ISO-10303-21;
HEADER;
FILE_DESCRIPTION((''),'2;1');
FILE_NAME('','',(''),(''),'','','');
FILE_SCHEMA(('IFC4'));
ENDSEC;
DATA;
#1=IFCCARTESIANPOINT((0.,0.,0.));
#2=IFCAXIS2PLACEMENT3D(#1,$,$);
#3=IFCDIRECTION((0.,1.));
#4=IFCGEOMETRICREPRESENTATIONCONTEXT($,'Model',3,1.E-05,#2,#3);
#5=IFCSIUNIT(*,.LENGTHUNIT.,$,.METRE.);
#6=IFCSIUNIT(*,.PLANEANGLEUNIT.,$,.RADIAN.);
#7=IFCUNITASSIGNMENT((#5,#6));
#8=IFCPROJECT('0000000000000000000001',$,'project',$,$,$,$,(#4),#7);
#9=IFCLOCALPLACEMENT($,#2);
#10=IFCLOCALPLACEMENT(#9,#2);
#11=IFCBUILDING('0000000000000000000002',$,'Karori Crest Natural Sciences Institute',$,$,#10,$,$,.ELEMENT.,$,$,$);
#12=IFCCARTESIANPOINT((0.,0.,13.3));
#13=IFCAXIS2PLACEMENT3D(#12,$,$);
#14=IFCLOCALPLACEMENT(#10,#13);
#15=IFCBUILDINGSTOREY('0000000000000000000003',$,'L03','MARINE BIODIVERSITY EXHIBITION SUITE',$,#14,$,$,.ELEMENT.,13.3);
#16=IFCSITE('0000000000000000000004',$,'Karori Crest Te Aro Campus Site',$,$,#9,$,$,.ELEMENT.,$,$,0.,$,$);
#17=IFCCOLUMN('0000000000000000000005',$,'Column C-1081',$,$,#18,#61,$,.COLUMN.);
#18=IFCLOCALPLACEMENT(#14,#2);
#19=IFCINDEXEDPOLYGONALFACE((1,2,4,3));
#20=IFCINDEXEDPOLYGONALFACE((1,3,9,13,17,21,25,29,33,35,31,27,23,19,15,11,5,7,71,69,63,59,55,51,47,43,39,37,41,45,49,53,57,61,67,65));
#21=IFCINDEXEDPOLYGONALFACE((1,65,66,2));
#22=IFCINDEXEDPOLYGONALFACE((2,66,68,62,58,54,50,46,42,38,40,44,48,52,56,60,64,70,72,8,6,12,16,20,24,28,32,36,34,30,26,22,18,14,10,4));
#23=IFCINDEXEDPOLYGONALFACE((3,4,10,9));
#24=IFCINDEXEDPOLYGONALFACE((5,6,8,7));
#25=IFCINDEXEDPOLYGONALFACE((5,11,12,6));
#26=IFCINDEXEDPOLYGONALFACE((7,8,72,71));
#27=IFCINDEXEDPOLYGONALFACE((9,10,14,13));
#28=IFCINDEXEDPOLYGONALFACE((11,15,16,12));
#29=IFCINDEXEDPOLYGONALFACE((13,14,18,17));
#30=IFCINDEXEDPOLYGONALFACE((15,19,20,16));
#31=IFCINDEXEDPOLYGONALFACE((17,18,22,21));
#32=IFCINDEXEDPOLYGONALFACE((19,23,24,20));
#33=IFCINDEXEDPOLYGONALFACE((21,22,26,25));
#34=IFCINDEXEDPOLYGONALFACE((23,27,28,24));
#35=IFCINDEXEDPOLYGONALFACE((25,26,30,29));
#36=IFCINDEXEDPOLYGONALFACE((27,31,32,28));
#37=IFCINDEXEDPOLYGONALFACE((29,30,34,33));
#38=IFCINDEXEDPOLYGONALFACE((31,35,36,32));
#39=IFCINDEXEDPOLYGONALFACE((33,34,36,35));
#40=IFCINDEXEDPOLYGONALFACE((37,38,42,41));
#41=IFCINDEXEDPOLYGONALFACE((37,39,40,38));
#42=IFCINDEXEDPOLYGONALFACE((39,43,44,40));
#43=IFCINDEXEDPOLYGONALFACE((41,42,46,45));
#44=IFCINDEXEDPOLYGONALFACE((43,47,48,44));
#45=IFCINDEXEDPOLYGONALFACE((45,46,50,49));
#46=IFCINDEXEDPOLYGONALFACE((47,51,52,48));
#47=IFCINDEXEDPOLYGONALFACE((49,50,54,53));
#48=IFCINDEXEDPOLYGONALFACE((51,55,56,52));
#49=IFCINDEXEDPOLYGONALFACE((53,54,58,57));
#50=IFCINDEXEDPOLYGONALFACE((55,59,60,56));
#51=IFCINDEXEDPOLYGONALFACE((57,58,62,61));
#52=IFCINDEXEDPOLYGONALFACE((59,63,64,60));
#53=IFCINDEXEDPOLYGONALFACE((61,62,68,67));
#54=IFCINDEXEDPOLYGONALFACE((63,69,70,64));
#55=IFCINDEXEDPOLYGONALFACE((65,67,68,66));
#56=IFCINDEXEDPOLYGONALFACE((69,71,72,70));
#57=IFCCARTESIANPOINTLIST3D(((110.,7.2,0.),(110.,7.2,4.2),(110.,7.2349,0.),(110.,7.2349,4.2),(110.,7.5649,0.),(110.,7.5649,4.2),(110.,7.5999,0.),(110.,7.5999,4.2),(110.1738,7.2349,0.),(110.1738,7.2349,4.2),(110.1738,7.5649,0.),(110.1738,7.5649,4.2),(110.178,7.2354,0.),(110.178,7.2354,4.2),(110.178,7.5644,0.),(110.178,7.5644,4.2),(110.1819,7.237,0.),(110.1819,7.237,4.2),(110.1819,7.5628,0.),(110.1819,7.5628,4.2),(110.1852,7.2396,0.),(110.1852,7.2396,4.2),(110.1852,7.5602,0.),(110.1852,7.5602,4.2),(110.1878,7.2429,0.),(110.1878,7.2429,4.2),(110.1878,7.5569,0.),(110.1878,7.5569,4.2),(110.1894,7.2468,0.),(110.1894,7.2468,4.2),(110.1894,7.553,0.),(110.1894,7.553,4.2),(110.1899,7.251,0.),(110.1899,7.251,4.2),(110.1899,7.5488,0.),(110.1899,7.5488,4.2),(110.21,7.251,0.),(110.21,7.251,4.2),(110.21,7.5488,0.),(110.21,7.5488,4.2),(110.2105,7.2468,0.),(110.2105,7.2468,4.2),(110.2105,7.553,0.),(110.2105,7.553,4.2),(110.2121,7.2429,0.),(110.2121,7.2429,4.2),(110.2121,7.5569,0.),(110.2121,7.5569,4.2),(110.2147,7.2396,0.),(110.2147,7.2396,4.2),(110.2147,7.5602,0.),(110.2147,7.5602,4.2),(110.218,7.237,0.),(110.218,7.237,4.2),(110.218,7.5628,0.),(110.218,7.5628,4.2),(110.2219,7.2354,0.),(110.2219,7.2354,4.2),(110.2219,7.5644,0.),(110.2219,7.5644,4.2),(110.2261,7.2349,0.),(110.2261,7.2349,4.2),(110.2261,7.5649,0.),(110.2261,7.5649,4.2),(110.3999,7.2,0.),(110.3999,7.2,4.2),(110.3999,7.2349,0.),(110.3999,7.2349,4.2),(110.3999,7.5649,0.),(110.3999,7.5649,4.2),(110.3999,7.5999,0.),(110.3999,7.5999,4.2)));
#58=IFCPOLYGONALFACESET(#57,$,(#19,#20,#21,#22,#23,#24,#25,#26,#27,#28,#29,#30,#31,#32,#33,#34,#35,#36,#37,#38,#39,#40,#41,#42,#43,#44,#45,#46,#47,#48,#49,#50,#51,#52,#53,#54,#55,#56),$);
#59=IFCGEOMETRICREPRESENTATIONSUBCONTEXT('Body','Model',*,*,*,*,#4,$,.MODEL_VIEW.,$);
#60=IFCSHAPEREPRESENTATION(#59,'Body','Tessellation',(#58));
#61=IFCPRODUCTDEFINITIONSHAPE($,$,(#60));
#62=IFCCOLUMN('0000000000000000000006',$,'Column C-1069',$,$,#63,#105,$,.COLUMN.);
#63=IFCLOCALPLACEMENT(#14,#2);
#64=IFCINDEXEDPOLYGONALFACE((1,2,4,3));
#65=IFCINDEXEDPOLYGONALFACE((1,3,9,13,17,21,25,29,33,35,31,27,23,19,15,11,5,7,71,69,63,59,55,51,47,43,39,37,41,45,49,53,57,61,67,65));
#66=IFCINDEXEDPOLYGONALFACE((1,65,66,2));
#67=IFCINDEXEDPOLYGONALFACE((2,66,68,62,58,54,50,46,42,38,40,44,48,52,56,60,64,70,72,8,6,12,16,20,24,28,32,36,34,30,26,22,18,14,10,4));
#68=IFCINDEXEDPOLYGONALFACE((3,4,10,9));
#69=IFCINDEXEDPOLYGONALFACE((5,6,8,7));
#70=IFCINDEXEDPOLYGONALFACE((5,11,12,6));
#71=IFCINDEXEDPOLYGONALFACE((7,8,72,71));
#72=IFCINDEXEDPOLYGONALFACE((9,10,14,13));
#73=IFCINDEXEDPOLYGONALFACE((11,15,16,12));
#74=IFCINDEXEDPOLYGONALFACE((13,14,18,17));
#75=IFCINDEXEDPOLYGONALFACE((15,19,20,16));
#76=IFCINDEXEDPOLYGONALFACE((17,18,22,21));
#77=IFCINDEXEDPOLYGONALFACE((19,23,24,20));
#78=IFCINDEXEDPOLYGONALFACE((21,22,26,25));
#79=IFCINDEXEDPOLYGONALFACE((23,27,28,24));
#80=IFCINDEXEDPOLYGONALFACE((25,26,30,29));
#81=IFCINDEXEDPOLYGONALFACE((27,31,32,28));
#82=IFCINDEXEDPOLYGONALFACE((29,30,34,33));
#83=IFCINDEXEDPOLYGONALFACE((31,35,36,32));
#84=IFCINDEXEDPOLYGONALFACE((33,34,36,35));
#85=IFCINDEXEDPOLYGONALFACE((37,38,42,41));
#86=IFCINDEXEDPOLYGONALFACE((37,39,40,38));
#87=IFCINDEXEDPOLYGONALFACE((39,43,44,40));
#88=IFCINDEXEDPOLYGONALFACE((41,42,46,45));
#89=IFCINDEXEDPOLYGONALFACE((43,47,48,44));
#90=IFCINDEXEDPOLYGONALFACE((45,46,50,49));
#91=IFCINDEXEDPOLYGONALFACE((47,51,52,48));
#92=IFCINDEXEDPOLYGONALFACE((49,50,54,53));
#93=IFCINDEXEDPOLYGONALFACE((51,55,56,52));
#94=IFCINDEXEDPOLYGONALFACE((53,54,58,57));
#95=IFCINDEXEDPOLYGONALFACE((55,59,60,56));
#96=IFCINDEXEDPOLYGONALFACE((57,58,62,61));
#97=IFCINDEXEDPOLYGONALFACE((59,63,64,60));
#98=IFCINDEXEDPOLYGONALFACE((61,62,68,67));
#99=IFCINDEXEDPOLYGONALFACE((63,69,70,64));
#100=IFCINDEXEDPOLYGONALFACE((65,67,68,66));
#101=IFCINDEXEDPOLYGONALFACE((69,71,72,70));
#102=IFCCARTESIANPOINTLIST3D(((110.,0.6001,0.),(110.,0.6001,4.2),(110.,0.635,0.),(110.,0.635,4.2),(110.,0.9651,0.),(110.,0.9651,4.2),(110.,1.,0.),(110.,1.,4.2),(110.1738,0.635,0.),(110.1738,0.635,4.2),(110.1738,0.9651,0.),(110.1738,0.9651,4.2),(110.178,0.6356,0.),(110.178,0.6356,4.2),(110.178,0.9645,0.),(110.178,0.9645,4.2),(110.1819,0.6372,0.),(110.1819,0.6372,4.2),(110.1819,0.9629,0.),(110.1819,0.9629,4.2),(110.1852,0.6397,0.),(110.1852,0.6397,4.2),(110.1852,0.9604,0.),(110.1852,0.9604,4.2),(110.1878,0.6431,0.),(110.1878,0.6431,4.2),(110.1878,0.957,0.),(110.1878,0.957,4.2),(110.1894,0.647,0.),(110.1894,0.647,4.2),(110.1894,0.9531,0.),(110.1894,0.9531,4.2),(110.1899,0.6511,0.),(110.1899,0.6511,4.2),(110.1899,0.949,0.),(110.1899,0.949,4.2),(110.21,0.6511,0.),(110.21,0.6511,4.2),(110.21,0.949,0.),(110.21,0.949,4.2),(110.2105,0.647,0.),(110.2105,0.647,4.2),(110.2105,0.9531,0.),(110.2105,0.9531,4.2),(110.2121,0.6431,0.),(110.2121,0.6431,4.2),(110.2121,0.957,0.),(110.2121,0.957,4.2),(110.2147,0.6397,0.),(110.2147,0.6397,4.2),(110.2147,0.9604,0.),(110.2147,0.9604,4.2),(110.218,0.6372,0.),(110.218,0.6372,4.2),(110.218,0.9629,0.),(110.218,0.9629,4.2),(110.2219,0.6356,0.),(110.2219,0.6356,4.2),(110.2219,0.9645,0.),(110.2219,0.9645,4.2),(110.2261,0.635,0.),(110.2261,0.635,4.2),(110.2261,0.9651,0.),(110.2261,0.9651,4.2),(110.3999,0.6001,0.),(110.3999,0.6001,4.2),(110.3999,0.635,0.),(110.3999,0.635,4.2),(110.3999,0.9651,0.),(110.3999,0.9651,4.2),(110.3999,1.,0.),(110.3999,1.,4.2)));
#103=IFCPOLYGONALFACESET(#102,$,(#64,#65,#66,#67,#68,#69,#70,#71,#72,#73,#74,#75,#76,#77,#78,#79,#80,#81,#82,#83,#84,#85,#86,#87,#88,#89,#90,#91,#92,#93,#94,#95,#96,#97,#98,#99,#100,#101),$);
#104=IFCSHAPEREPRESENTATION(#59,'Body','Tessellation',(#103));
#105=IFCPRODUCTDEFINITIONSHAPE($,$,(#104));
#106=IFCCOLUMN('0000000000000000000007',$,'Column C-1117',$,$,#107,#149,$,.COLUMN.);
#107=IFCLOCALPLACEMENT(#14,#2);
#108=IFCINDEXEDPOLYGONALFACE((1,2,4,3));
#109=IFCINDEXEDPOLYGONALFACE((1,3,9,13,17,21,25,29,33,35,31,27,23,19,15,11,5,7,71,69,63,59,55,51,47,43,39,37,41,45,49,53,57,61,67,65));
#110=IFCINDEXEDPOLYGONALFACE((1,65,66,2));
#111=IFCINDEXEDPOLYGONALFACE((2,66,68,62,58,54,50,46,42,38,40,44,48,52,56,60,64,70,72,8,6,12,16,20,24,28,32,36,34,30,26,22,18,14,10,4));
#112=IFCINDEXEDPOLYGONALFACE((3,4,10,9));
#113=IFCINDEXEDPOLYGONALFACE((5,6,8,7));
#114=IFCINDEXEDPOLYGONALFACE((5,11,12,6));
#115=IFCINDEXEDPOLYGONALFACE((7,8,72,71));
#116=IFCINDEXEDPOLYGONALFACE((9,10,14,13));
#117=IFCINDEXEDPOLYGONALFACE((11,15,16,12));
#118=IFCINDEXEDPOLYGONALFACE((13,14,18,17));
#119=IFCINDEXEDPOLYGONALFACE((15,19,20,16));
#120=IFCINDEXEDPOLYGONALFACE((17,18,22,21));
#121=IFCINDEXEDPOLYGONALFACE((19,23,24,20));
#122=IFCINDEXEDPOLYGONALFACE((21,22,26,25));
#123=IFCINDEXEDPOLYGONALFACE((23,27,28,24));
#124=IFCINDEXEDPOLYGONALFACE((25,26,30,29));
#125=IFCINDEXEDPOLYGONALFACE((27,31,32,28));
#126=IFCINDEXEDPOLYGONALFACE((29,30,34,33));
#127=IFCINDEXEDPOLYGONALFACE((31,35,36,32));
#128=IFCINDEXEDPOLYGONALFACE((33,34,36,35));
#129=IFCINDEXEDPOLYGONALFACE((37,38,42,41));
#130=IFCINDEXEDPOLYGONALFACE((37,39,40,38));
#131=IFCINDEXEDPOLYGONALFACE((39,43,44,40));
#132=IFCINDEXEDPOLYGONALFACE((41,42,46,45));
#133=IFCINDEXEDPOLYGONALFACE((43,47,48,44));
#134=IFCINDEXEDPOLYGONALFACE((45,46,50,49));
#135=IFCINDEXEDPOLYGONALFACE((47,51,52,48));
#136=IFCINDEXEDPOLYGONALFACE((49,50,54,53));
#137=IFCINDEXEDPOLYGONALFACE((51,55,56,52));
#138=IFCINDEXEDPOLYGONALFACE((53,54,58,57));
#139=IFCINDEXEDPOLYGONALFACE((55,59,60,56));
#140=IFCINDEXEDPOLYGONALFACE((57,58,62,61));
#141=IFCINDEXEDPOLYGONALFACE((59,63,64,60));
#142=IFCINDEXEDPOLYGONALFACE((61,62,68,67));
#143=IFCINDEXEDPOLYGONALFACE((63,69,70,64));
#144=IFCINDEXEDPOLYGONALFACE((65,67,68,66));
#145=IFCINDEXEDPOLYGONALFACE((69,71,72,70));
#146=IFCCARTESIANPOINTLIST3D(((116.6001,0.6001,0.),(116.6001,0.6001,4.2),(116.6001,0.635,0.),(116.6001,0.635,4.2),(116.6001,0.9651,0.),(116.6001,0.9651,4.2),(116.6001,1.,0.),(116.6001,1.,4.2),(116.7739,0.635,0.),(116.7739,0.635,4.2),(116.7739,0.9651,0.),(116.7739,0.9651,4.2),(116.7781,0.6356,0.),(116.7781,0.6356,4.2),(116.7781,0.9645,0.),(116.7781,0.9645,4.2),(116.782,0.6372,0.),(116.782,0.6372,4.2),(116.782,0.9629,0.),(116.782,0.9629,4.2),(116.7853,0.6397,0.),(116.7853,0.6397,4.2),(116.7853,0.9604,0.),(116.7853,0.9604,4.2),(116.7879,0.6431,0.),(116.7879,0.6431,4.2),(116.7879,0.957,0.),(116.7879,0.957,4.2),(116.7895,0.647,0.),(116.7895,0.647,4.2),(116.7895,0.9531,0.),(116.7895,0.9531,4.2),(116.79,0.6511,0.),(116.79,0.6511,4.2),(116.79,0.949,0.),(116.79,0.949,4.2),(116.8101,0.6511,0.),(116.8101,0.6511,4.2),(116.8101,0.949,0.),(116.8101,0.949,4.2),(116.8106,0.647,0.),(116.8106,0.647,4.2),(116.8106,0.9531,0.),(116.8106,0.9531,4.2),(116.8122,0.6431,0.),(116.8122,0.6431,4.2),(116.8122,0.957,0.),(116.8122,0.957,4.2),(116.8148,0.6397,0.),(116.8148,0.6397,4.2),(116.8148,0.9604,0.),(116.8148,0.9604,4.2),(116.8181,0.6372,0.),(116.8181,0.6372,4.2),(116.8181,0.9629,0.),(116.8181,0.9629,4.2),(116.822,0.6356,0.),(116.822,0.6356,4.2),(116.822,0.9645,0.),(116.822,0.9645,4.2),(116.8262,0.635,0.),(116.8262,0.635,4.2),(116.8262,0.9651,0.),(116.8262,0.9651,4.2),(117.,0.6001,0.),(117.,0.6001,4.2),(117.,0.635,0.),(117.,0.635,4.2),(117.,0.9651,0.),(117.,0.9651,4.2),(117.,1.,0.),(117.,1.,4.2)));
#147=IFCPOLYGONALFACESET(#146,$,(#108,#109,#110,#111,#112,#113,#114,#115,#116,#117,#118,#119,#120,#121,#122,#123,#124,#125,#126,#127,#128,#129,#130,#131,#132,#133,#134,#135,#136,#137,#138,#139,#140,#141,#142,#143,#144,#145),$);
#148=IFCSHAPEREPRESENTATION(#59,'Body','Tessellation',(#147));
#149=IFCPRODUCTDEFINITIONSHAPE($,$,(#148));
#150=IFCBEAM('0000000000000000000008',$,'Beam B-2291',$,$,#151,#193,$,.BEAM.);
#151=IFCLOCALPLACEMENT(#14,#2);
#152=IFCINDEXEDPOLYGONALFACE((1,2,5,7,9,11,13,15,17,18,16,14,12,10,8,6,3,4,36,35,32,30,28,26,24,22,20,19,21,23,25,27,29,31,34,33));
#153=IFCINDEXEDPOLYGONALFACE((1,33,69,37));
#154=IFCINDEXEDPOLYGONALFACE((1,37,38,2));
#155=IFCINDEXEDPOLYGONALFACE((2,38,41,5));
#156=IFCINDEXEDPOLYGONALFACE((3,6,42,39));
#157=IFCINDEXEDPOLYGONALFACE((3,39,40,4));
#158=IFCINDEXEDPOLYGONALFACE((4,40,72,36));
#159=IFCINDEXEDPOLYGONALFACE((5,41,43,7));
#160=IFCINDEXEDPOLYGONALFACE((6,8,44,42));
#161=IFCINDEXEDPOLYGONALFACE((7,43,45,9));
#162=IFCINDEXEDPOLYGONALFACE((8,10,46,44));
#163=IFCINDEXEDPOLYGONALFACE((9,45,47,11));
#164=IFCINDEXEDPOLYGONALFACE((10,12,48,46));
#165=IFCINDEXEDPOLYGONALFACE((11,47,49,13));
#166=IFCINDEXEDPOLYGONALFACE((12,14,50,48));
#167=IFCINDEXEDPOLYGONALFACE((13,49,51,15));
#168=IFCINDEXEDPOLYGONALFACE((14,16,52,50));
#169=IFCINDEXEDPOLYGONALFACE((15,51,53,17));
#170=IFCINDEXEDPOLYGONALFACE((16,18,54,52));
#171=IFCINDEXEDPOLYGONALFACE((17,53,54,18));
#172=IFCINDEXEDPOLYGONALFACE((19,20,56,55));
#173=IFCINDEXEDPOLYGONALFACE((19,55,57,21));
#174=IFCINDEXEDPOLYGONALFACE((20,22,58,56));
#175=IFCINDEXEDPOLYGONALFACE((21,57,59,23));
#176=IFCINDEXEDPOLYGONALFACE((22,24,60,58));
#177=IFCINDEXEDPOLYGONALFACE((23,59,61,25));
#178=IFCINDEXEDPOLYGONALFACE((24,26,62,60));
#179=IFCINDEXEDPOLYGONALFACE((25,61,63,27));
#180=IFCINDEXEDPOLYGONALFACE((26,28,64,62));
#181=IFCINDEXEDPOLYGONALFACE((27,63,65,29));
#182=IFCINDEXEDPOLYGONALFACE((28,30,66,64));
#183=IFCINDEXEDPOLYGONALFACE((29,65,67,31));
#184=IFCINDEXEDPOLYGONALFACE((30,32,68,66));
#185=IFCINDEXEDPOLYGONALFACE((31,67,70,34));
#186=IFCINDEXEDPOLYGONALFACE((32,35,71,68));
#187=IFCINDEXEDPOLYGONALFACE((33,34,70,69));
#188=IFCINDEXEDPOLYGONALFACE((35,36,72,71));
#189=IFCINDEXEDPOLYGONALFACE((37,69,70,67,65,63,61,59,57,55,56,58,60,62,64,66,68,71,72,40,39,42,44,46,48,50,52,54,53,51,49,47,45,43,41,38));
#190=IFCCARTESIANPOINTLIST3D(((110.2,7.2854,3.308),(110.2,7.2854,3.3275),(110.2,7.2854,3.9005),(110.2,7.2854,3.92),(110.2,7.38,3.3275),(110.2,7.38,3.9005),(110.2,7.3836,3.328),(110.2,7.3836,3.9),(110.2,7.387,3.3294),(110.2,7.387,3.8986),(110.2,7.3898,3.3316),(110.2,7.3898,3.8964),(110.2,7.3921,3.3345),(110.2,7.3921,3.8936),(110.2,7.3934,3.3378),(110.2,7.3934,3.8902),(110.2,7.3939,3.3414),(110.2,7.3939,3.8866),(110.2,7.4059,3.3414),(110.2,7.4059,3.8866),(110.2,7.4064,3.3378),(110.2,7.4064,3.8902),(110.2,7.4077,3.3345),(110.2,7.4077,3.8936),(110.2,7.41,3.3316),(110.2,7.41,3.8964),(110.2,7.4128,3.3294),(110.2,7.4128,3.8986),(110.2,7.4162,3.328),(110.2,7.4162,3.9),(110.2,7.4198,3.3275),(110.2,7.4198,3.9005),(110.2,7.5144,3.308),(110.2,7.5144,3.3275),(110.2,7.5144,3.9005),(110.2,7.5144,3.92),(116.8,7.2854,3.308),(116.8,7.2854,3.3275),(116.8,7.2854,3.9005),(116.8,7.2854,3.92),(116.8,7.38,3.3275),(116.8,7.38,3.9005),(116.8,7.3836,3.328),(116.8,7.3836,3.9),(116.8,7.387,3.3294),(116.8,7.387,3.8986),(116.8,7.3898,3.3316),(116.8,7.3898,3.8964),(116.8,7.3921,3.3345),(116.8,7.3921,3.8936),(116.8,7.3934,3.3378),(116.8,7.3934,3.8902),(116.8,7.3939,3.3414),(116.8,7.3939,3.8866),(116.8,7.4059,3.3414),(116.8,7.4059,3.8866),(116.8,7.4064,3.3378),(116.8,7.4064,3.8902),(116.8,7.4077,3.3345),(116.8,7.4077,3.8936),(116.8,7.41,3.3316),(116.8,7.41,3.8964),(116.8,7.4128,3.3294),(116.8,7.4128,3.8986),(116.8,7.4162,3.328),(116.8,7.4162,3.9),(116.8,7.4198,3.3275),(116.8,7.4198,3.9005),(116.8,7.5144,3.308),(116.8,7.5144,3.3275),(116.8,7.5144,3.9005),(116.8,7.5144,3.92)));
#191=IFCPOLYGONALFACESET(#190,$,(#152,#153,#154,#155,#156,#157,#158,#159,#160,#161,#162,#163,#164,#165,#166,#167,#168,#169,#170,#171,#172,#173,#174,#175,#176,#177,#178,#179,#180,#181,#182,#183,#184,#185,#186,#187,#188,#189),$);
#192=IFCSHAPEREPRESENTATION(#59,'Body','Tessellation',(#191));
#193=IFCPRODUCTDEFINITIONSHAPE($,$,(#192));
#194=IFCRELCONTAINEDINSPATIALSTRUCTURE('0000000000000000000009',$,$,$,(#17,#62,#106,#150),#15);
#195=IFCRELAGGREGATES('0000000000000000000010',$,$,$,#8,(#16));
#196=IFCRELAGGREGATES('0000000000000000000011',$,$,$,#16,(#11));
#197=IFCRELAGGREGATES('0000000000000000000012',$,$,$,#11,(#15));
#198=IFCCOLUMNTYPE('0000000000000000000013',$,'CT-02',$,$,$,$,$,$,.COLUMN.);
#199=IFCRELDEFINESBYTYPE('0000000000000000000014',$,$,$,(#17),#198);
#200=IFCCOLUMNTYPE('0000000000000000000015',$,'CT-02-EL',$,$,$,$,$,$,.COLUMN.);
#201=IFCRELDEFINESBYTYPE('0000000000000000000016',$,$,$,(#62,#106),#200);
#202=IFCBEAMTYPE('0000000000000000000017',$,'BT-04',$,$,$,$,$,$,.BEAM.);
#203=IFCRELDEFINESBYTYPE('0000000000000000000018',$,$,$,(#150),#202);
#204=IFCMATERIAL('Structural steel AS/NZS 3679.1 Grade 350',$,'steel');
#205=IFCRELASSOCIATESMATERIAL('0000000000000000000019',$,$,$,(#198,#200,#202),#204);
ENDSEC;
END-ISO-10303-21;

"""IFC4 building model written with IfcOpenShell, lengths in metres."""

from ifc_helpers import new_model, si_unit, direction, frame, origin, origin_2d, place, context, subcontext, project, spatial, i_section, extrude, material, material_profile, profile_set, type_object, element, save


model = new_model("IFC4")

# Units and contexts
model_context = context("Model", 3, precision=1e-05, world=origin(), true_north=direction((0.0, 1.0)))
body_context = subcontext(model_context, "Body", "Model", "MODEL_VIEW")
ifc_project = project(units=[si_unit("LENGTHUNIT", "METRE"), si_unit("PLANEANGLEUNIT", "RADIAN")], contexts=[model_context])

# Site, building, storey
site_placement = place(None, origin())
site = spatial("IfcSite", under=ifc_project, at=site_placement, Name="Karori Crest Te Aro Campus Site", CompositionType="ELEMENT", RefElevation=0.0)
building_placement = place(site_placement, origin())
building = spatial("IfcBuilding", under=site, at=building_placement, Name="Karori Crest Natural Sciences Institute", CompositionType="ELEMENT")
storey_placement = place(building_placement, frame((0.0, 0.0, 13.3)))
storey = spatial("IfcBuildingStorey", under=building, at=storey_placement, Name="L03", Description="MARINE BIODIVERSITY EXHIBITION SUITE", CompositionType="ELEMENT", Elevation=13.3)

# Columns
ifc_material_1 = material(Name="Structural steel AS/NZS 3679.1 Grade 350", Category="steel")
ifc_material_profile_1 = material_profile(ifc_material_1, i_section(OverallWidth=0.3999, OverallDepth=0.3999, WebThickness=0.02, FlangeThickness=0.0349, FilletRadius=0.0161, at=origin_2d()), Name="400WC328")
ifc_profile_set_1 = profile_set([ifc_material_profile_1], Name="Structural steel AS/NZS 3679.1 Grade 350")
column_type_1 = type_object("IfcColumnType", Name="CT-02", PredefinedType="COLUMN", material=ifc_profile_set_1)
column_placement = place(storey_placement, frame((110.2, 7.3999, 0.0), z_axis=(0.0, 0.0, 1.0), x_axis=(1.0, 0.0, 0.0)))
element("IfcColumn", 1, at=column_placement, inside=storey, type_object=column_type_1, Name="Column C-1081", PredefinedType="COLUMN", context=body_context, shape_type="SweptSolid", body=[
    extrude(i_section(OverallWidth=0.3999, OverallDepth=0.3999, WebThickness=0.02, FlangeThickness=0.0349, FilletRadius=0.0161, at=origin_2d()), origin(), (0.0, 0.0, 1.0), 4.2),
])
ifc_material_profile_2 = material_profile(ifc_material_1, i_section(OverallWidth=0.3999, OverallDepth=0.3999, WebThickness=0.02, FlangeThickness=0.0349, FilletRadius=0.0161, at=origin_2d()), Name="400WC328")
ifc_profile_set_2 = profile_set([ifc_material_profile_2], Name="Structural steel AS/NZS 3679.1 Grade 350")
column_type_2 = type_object("IfcColumnType", Name="CT-02-EL", PredefinedType="COLUMN", material=ifc_profile_set_2)
for number, where, z_axis, x_axis, name in (
    (2, (110.2, 0.8, 0.0), (0.0, 0.0, 1.0), (1.0, 0.0, 0.0), "Column C-1069"),
    (3, (116.8, 0.8, 0.0), (0.0, 0.0, 1.0), (1.0, 0.0, 0.0), "Column C-1117"),
):
    element("IfcColumn", number, at=place(storey_placement, frame(where, z_axis=z_axis, x_axis=x_axis)), inside=storey, type_object=column_type_2, Name=name, PredefinedType="COLUMN", context=body_context, shape_type="SweptSolid", body=[
        extrude(i_section(OverallWidth=0.3999, OverallDepth=0.3999, WebThickness=0.02, FlangeThickness=0.0349, FilletRadius=0.0161, at=origin_2d()), origin(), (0.0, 0.0, 1.0), 4.2),
    ])

# Beam
ifc_material_profile_3 = material_profile(ifc_material_1, i_section(OverallWidth=0.229, OverallDepth=0.6121, WebThickness=0.012, FlangeThickness=0.0195, FilletRadius=0.0139, at=origin_2d()), Name="610UB125")
ifc_profile_set_3 = profile_set([ifc_material_profile_3], Name="Structural steel AS/NZS 3679.1 Grade 350")
beam_type_1 = type_object("IfcBeamType", Name="BT-04", PredefinedType="BEAM", material=ifc_profile_set_3)
beam_1_placement = place(storey_placement, frame((110.2, 7.3999, 3.614), z_axis=(1.0, 0.0, 0.0), x_axis=(0.0, 1.0, 0.0)))
element("IfcBeam", 4, at=beam_1_placement, inside=storey, type_object=beam_type_1, Name="Beam B-2291", PredefinedType="BEAM", context=body_context, shape_type="SweptSolid", body=[
    extrude(i_section(OverallWidth=0.229, OverallDepth=0.6121, WebThickness=0.012, FlangeThickness=0.0195, FilletRadius=0.0139, at=origin_2d()), origin(), (0.0, 0.0, 1.0), 6.6001),
])

save(model, "model.ifc")
